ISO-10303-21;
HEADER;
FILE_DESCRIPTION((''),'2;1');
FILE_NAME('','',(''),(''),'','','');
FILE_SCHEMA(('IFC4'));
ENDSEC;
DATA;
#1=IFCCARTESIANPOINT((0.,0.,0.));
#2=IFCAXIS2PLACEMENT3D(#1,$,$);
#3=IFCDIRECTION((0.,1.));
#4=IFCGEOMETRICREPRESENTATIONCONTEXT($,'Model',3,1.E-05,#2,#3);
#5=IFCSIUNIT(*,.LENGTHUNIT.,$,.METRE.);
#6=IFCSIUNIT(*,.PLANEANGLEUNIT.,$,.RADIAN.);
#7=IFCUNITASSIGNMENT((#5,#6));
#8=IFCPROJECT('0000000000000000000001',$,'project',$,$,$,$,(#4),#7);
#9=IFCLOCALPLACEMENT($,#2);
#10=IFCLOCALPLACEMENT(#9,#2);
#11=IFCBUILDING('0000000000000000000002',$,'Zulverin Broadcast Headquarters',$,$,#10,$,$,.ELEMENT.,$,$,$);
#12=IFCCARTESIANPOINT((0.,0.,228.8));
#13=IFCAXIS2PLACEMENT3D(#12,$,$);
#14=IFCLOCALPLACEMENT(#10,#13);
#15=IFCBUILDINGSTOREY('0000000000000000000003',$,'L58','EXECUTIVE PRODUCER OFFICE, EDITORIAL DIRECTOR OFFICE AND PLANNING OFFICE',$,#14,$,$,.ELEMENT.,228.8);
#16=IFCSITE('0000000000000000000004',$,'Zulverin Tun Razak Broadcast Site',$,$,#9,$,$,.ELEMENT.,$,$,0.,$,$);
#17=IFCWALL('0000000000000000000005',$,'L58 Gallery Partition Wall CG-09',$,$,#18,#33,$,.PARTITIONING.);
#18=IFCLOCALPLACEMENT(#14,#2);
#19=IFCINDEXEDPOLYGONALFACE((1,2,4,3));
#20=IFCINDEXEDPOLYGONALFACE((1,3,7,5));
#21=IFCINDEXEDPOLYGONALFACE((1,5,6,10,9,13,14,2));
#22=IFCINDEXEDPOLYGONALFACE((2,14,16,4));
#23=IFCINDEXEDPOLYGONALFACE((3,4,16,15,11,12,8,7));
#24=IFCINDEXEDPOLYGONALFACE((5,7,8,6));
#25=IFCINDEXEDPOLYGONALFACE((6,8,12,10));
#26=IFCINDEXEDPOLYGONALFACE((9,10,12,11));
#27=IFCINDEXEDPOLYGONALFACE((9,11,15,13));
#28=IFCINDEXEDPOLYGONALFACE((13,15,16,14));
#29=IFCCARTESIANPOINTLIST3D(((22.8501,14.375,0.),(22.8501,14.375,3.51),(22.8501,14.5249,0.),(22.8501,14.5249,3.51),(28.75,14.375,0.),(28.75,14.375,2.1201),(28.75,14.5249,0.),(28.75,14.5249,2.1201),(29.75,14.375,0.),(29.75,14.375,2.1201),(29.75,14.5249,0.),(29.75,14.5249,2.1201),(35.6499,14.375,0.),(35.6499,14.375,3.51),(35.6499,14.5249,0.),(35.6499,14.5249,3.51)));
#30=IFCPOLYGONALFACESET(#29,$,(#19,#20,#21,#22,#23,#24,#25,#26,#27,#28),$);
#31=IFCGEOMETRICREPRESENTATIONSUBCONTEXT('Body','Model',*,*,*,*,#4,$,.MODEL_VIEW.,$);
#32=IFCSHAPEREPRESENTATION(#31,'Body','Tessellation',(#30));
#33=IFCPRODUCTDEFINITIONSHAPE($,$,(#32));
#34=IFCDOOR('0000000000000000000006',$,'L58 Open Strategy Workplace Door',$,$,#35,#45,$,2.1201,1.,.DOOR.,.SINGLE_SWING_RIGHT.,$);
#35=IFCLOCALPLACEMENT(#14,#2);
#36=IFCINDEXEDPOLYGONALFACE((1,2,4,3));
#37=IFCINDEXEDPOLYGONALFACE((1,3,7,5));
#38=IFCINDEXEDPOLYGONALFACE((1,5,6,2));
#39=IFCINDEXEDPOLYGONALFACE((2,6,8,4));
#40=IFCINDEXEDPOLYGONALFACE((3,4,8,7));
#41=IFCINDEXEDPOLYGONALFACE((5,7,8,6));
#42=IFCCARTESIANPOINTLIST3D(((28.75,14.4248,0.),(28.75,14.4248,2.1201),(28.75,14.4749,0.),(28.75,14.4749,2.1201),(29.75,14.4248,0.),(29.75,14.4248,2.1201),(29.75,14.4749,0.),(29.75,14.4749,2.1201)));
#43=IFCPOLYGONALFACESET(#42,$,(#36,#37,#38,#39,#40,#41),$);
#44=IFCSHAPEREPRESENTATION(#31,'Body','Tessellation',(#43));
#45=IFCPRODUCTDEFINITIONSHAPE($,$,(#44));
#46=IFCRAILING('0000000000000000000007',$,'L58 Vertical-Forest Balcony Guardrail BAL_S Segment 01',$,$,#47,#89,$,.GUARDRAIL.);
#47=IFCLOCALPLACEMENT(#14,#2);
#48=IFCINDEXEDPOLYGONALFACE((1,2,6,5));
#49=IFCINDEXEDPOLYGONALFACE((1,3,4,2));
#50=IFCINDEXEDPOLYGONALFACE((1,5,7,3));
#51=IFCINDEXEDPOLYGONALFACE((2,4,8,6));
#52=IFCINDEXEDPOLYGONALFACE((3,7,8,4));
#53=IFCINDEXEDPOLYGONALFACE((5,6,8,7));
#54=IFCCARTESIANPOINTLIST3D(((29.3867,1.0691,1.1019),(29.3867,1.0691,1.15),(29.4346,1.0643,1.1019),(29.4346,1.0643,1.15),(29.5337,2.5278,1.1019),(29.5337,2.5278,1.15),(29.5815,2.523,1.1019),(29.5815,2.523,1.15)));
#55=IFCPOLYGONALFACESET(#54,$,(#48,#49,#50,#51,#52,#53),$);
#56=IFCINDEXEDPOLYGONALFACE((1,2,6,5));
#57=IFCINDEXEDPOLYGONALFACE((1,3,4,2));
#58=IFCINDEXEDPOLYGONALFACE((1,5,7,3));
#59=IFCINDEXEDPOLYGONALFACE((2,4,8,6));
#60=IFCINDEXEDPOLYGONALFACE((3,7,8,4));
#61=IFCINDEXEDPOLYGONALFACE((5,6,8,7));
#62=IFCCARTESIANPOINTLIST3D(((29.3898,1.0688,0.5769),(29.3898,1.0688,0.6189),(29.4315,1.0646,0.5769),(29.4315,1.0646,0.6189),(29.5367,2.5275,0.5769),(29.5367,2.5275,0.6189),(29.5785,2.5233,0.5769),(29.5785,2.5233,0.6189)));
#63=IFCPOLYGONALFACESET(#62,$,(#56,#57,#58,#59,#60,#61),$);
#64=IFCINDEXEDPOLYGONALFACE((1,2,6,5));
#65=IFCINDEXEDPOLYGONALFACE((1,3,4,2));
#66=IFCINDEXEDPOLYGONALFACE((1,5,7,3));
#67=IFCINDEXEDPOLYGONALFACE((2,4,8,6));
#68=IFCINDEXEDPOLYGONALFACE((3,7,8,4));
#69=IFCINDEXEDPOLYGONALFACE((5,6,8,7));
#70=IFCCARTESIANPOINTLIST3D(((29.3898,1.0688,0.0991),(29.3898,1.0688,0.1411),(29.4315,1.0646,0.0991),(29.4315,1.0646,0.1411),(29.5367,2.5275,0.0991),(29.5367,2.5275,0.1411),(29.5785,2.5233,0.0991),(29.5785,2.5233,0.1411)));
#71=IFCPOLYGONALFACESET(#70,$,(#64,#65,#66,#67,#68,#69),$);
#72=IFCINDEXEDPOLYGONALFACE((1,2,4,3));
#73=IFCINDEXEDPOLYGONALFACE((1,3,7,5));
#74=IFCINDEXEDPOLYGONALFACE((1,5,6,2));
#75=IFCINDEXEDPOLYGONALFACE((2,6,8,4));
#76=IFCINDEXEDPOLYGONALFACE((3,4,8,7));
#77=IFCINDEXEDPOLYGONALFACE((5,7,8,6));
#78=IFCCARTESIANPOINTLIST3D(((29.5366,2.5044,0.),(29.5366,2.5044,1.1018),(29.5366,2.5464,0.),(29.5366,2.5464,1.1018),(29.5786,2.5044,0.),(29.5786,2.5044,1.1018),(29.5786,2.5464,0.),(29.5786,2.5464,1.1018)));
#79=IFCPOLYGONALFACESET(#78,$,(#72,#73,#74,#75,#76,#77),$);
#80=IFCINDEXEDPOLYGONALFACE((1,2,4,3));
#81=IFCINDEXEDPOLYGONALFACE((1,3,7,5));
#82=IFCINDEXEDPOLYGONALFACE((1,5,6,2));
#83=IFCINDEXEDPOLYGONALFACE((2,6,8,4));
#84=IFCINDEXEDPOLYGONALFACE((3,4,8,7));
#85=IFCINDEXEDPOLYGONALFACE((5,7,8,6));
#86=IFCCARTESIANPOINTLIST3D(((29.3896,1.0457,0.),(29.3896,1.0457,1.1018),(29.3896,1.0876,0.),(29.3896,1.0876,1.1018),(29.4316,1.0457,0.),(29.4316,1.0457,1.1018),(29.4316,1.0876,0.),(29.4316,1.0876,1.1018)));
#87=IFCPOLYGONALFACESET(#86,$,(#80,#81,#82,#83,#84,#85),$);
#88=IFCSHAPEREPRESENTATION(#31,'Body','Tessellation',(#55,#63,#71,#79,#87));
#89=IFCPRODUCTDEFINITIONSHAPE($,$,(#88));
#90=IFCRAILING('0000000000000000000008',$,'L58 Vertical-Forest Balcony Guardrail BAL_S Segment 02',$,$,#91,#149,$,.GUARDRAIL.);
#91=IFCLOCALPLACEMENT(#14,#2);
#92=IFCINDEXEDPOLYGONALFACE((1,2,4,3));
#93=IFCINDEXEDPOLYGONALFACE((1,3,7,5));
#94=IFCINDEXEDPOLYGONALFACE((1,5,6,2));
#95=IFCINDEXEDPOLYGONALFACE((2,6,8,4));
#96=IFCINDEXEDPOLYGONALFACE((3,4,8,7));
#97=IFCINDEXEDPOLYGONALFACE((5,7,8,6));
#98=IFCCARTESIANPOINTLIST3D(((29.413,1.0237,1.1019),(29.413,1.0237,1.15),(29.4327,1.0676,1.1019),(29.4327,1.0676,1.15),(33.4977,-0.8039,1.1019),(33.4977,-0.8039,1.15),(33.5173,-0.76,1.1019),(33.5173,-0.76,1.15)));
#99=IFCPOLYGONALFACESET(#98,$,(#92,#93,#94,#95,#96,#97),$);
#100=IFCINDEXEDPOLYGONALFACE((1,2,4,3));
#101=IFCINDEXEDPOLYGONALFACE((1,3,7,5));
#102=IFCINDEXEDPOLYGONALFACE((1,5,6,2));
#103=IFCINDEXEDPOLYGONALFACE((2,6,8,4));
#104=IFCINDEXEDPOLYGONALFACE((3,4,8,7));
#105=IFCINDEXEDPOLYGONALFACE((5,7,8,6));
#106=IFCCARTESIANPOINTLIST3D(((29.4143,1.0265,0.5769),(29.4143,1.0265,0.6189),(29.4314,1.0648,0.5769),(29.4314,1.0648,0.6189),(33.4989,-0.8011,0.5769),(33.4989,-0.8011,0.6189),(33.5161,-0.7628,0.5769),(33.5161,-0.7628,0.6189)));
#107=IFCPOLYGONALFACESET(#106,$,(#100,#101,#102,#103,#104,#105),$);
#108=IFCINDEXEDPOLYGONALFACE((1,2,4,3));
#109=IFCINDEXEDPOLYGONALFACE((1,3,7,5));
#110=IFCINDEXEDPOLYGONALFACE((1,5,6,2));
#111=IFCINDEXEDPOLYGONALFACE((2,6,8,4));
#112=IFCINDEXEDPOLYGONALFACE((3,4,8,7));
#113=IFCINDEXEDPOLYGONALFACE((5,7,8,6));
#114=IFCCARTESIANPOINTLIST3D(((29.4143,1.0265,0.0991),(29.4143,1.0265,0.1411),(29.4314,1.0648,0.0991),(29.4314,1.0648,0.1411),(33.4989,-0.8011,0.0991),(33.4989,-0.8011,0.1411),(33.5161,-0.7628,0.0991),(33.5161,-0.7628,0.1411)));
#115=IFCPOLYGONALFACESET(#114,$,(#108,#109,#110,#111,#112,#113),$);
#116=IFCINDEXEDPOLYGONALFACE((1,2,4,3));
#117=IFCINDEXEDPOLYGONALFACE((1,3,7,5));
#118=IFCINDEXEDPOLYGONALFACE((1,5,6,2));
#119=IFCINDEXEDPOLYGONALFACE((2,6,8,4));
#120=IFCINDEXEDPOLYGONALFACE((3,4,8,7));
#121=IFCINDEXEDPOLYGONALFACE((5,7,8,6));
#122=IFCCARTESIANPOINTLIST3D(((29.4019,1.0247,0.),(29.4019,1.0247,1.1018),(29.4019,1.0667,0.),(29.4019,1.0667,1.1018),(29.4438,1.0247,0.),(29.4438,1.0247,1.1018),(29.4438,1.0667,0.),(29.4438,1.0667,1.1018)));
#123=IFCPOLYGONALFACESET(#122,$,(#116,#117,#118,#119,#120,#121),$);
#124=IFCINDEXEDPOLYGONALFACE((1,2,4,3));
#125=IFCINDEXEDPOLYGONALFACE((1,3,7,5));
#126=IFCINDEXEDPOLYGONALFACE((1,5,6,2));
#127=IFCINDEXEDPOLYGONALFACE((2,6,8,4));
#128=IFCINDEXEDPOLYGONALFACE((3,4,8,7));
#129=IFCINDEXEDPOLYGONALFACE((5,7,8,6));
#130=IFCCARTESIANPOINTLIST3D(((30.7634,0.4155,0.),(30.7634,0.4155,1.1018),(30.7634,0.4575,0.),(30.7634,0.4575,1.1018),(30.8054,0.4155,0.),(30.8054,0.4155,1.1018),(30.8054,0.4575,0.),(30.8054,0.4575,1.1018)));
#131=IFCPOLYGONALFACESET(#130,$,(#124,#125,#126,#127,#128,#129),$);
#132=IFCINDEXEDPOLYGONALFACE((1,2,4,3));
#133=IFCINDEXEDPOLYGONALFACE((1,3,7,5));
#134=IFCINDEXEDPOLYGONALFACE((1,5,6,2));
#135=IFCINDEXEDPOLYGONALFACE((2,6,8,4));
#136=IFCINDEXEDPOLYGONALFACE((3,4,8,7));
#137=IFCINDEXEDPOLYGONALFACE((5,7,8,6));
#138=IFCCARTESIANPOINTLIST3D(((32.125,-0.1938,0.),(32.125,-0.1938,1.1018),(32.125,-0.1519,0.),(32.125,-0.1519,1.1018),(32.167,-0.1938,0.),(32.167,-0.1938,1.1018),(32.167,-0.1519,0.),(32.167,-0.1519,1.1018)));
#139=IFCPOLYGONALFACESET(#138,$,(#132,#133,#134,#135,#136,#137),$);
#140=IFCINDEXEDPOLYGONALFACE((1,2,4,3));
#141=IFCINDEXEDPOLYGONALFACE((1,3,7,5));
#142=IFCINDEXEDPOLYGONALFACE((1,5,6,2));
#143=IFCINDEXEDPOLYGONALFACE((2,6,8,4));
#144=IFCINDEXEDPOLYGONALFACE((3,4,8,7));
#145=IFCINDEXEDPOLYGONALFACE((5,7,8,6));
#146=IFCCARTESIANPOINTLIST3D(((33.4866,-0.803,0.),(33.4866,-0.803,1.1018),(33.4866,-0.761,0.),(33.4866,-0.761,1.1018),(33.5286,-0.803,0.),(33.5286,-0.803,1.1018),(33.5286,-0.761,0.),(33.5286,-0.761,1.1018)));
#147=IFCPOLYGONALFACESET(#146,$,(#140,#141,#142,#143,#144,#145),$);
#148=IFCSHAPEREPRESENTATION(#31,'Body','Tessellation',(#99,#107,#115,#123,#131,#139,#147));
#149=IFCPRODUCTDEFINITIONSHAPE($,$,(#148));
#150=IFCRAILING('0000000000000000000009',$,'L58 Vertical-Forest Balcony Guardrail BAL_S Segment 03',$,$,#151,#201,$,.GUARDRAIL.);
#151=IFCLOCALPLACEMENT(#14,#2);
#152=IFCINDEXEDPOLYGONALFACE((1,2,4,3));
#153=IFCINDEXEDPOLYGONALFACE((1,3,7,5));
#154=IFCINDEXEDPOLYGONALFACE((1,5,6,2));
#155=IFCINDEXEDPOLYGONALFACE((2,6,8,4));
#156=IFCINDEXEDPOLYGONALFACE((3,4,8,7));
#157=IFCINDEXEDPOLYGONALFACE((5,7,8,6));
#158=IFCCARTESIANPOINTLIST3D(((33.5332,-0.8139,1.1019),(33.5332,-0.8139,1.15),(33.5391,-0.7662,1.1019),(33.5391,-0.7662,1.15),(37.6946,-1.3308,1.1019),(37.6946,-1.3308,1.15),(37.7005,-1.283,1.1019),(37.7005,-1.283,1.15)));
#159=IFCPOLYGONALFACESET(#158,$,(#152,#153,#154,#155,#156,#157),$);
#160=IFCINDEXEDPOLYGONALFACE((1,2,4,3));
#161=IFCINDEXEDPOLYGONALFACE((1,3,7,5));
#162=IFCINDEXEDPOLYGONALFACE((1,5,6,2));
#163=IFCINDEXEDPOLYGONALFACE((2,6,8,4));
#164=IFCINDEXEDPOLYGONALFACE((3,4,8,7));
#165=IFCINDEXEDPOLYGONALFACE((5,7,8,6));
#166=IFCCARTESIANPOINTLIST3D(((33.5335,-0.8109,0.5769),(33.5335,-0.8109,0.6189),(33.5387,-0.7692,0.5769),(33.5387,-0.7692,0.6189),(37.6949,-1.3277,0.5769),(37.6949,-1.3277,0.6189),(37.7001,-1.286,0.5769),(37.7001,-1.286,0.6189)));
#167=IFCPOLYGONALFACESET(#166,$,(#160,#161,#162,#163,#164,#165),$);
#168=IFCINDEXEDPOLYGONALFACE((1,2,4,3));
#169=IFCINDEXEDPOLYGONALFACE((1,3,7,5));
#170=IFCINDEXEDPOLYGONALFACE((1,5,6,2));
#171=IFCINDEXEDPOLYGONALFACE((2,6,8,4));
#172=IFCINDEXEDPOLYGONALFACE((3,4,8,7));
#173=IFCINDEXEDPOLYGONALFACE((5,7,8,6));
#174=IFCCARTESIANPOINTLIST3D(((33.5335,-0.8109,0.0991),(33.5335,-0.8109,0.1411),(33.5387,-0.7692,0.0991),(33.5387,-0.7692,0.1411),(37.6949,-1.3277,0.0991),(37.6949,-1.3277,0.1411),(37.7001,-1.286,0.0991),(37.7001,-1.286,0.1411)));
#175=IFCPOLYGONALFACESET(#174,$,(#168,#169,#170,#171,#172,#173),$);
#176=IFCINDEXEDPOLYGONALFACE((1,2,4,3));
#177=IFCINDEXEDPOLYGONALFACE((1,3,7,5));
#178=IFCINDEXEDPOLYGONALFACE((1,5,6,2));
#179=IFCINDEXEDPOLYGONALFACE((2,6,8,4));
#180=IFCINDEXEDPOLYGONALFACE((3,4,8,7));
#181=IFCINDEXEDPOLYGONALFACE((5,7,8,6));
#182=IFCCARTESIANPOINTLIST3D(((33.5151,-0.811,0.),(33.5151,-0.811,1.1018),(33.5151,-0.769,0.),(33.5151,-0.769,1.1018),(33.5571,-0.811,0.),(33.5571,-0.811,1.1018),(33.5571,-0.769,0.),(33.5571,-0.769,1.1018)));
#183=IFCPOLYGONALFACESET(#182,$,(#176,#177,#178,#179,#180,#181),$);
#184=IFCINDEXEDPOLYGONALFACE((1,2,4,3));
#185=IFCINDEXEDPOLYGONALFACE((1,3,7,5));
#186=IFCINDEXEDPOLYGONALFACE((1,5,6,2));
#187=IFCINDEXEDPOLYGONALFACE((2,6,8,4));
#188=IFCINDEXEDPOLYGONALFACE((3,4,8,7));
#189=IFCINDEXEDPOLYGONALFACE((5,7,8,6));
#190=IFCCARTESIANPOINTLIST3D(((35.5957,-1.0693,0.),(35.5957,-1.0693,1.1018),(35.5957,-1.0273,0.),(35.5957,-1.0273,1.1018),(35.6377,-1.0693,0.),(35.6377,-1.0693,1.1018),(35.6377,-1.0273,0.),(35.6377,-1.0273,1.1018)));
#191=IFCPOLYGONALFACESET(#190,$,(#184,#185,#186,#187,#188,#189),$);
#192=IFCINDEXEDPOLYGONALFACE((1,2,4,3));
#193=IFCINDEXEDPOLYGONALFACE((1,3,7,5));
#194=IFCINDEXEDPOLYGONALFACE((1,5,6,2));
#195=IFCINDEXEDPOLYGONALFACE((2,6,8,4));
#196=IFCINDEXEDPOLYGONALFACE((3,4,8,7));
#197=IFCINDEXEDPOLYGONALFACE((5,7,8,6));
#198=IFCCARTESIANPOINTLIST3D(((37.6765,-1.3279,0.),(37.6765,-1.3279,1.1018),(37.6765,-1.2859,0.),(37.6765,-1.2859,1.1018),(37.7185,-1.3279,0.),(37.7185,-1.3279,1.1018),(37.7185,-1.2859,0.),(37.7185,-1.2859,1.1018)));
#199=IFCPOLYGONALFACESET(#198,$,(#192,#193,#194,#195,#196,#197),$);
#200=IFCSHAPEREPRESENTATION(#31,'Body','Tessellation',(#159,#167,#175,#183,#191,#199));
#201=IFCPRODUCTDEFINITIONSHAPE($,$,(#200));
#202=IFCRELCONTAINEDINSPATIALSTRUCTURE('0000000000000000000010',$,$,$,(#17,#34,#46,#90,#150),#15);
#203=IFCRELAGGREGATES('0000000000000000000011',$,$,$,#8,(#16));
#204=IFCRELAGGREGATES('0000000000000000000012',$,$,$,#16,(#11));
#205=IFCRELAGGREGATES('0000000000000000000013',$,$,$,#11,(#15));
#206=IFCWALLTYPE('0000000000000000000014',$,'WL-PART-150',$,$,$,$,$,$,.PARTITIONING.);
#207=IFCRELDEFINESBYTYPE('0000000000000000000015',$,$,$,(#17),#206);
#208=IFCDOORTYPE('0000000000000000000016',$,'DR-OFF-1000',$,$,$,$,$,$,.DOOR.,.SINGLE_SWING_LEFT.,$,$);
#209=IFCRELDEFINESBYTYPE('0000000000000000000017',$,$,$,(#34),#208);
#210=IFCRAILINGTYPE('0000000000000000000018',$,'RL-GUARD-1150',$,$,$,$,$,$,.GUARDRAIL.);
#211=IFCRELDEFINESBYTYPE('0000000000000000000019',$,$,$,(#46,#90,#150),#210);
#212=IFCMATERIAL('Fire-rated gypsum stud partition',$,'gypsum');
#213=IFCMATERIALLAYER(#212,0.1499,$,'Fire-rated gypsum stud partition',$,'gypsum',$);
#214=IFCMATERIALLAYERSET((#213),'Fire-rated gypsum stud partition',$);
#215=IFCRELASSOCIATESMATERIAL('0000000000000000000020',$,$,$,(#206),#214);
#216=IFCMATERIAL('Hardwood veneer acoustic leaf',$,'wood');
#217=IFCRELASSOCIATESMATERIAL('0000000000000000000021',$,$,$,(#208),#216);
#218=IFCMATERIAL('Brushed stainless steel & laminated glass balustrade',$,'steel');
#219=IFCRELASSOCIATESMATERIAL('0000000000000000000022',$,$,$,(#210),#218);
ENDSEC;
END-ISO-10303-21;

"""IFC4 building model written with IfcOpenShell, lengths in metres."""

from ifc_helpers import new_model, si_unit, direction, frame, frame_2d, origin, origin_2d, place, context, subcontext, project, spatial, rectangle, extrude, material, layer, layer_set, type_object, element, fill, save


model = new_model("IFC4")

# Units and contexts
model_context = context("Model", 3, precision=1e-05, world=origin(), true_north=direction((0.0, 1.0)))
body_context = subcontext(model_context, "Body", "Model", "MODEL_VIEW")
ifc_project = project(units=[si_unit("LENGTHUNIT", "METRE"), si_unit("PLANEANGLEUNIT", "RADIAN")], contexts=[model_context])

# Site, building, storey
site_placement = place(None, origin())
site = spatial("IfcSite", under=ifc_project, at=site_placement, Name="Zulverin Tun Razak Broadcast Site", CompositionType="ELEMENT", RefElevation=0.0)
building_placement = place(site_placement, origin())
building = spatial("IfcBuilding", under=site, at=building_placement, Name="Zulverin Broadcast Headquarters", CompositionType="ELEMENT")
storey_placement = place(building_placement, frame((0.0, 0.0, 228.8)))
storey = spatial("IfcBuildingStorey", under=building, at=storey_placement, Name="L58", Description="EXECUTIVE PRODUCER OFFICE, EDITORIAL DIRECTOR OFFICE AND PLANNING OFFICE", CompositionType="ELEMENT", Elevation=228.8)

# Shared definitions
ifc_material_1 = material(Name="Fire-rated gypsum stud partition", Category="gypsum")
ifc_layer_1 = layer(ifc_material_1, 0.1499, Name="Fire-rated gypsum stud partition", Category="gypsum")
ifc_layer_set_1 = layer_set([ifc_layer_1], Name="Fire-rated gypsum stud partition")
wall_type_1 = type_object("IfcWallType", Name="WL-PART-150", PredefinedType="PARTITIONING", material=ifc_layer_set_1)

# Wall, opening, door
wall_1_placement = place(storey_placement, frame((22.8501, 14.45, 0.0), z_axis=(0.0, 0.0, 1.0), x_axis=(1.0, 0.0, 0.0)))
wall_1 = element("IfcWall", 1, at=wall_1_placement, inside=storey, type_object=wall_type_1, Name="L58 Gallery Partition Wall CG-09", PredefinedType="PARTITIONING", context=body_context, shape_type="SweptSolid", body=[
    extrude(rectangle(XDim=12.7998, YDim=0.1499, at=frame_2d((6.3999, 0.0))), origin(), (0.0, 0.0, 1.0), 3.51),
])
opening_1_placement = place(wall_1_placement, frame((5.8999, 0.0, 0.0)))
opening_1 = element("IfcOpeningElement", 2, at=opening_1_placement, cuts=wall_1, PredefinedType="OPENING", context=body_context, shape_type="SweptSolid", body=[
    extrude(rectangle(XDim=1.0, YDim=2.1201, at=frame_2d((0.5, 1.0601))), frame((0.0, 0.085, 0.0), z_axis=(0.0, -1.0, 0.0), x_axis=(1.0, 0.0, 0.0)), (0.0, 0.0, 1.0), 0.1699),
])
ifc_material_2 = material(Name="Hardwood veneer acoustic leaf", Category="wood")
door_type_1 = type_object("IfcDoorType", Name="DR-OFF-1000", OperationType="SINGLE_SWING_LEFT", PredefinedType="DOOR", material=ifc_material_2)
door_1_placement = place(opening_1_placement, origin())
door_1 = element("IfcDoor", 3, at=door_1_placement, inside=storey, type_object=door_type_1, Name="L58 Open Strategy Workplace Door", OperationType="SINGLE_SWING_RIGHT", OverallHeight=2.1201, OverallWidth=1.0, PredefinedType="DOOR", context=body_context, shape_type="SweptSolid", body=[
    extrude(rectangle(XDim=1.0, YDim=2.1201, at=frame_2d((0.5, 1.0601))), frame((0.0, 0.0249, 0.0), z_axis=(0.0, -1.0, 0.0), x_axis=(1.0, 0.0, 0.0)), (0.0, 0.0, 1.0), 0.05),
])
fill(opening_1, door_1)

# Railings
ifc_material_3 = material(Name="Brushed stainless steel & laminated glass balustrade", Category="steel")
railing_type = type_object("IfcRailingType", Name="RL-GUARD-1150", PredefinedType="GUARDRAIL", material=ifc_material_3)
railing_1_placement = place(storey_placement, frame((29.5576, 2.5254, 0.0)))
element("IfcRailing", 4, at=railing_1_placement, inside=storey, type_object=railing_type, Name="L58 Vertical-Forest Balcony Guardrail BAL_S Segment 01", PredefinedType="GUARDRAIL", context=body_context, shape_type="SweptSolid", body=[
    extrude(rectangle(XDim=0.0481, YDim=0.0481, at=origin_2d()), frame((0.0, 0.0, 1.126), z_axis=(-0.100246, -0.994963, 0.0), x_axis=(0.994963, -0.100246, 0.0)), (0.0, 0.0, 1.0), 1.4661),
    extrude(rectangle(XDim=0.042, YDim=0.042, at=origin_2d()), frame((0.0, 0.0, 0.5979), z_axis=(-0.100246, -0.994963, 0.0), x_axis=(0.994963, -0.100246, 0.0)), (0.0, 0.0, 1.0), 1.4661),
    extrude(rectangle(XDim=0.042, YDim=0.042, at=origin_2d()), frame((0.0, 0.0, 0.1201), z_axis=(-0.100246, -0.994963, 0.0), x_axis=(0.994963, -0.100246, 0.0)), (0.0, 0.0, 1.0), 1.4661),
    extrude(rectangle(XDim=0.042, YDim=0.042, at=origin_2d()), origin(), (0.0, 0.0, 1.0), 1.1018),
    extrude(rectangle(XDim=0.042, YDim=0.042, at=origin_2d()), frame((-0.147, -1.4587, 0.0)), (0.0, 0.0, 1.0), 1.1018),
])
railing_2_placement = place(storey_placement, frame((29.4229, 1.0457, 0.0)))
element("IfcRailing", 5, at=railing_2_placement, inside=storey, type_object=railing_type, Name="L58 Vertical-Forest Balcony Guardrail BAL_S Segment 02", PredefinedType="GUARDRAIL", context=body_context, shape_type="SweptSolid", body=[
    extrude(rectangle(XDim=0.0481, YDim=0.0481, at=origin_2d()), frame((0.0, 0.0, 1.126), z_axis=(0.912796, -0.408415, 0.0), x_axis=(0.408415, 0.912796, 0.0)), (0.0, 0.0, 1.0), 4.4749),
    extrude(rectangle(XDim=0.042, YDim=0.042, at=origin_2d()), frame((0.0, 0.0, 0.5979), z_axis=(0.912796, -0.408415, 0.0), x_axis=(0.408415, 0.912796, 0.0)), (0.0, 0.0, 1.0), 4.4749),
    extrude(rectangle(XDim=0.042, YDim=0.042, at=origin_2d()), frame((0.0, 0.0, 0.1201), z_axis=(0.912796, -0.408415, 0.0), x_axis=(0.408415, 0.912796, 0.0)), (0.0, 0.0, 1.0), 4.4749),
    extrude(rectangle(XDim=0.042, YDim=0.042, at=origin_2d()), origin(), (0.0, 0.0, 1.0), 1.1018),
    extrude(rectangle(XDim=0.042, YDim=0.042, at=origin_2d()), frame((1.3616, -0.6091, 0.0)), (0.0, 0.0, 1.0), 1.1018),
    extrude(rectangle(XDim=0.042, YDim=0.042, at=origin_2d()), frame((2.7231, -1.2185, 0.0)), (0.0, 0.0, 1.0), 1.1018),
    extrude(rectangle(XDim=0.042, YDim=0.042, at=origin_2d()), frame((4.0847, -1.8276, 0.0)), (0.0, 0.0, 1.0), 1.1018),
])
railing_3_placement = place(storey_placement, frame((33.5361, -0.79, 0.0)))
element("IfcRailing", 6, at=railing_3_placement, inside=storey, type_object=railing_type, Name="L58 Vertical-Forest Balcony Guardrail BAL_S Segment 03", PredefinedType="GUARDRAIL", context=body_context, shape_type="SweptSolid", body=[
    extrude(rectangle(XDim=0.0481, YDim=0.0481, at=origin_2d()), frame((0.0, 0.0, 1.126), z_axis=(0.992375, -0.123254, 0.0), x_axis=(0.123254, 0.992375, 0.0)), (0.0, 0.0, 1.0), 4.1934),
    extrude(rectangle(XDim=0.042, YDim=0.042, at=origin_2d()), frame((0.0, 0.0, 0.5979), z_axis=(0.992375, -0.123254, 0.0), x_axis=(0.123254, 0.992375, 0.0)), (0.0, 0.0, 1.0), 4.1934),
    extrude(rectangle(XDim=0.042, YDim=0.042, at=origin_2d()), frame((0.0, 0.0, 0.1201), z_axis=(0.992375, -0.123254, 0.0), x_axis=(0.123254, 0.992375, 0.0)), (0.0, 0.0, 1.0), 4.1934),
    extrude(rectangle(XDim=0.042, YDim=0.042, at=origin_2d()), origin(), (0.0, 0.0, 1.0), 1.1018),
    extrude(rectangle(XDim=0.042, YDim=0.042, at=origin_2d()), frame((2.0806, -0.2583, 0.0)), (0.0, 0.0, 1.0), 1.1018),
    extrude(rectangle(XDim=0.042, YDim=0.042, at=origin_2d()), frame((4.1614, -0.5168, 0.0)), (0.0, 0.0, 1.0), 1.1018),
])

save(model, "model.ifc")
